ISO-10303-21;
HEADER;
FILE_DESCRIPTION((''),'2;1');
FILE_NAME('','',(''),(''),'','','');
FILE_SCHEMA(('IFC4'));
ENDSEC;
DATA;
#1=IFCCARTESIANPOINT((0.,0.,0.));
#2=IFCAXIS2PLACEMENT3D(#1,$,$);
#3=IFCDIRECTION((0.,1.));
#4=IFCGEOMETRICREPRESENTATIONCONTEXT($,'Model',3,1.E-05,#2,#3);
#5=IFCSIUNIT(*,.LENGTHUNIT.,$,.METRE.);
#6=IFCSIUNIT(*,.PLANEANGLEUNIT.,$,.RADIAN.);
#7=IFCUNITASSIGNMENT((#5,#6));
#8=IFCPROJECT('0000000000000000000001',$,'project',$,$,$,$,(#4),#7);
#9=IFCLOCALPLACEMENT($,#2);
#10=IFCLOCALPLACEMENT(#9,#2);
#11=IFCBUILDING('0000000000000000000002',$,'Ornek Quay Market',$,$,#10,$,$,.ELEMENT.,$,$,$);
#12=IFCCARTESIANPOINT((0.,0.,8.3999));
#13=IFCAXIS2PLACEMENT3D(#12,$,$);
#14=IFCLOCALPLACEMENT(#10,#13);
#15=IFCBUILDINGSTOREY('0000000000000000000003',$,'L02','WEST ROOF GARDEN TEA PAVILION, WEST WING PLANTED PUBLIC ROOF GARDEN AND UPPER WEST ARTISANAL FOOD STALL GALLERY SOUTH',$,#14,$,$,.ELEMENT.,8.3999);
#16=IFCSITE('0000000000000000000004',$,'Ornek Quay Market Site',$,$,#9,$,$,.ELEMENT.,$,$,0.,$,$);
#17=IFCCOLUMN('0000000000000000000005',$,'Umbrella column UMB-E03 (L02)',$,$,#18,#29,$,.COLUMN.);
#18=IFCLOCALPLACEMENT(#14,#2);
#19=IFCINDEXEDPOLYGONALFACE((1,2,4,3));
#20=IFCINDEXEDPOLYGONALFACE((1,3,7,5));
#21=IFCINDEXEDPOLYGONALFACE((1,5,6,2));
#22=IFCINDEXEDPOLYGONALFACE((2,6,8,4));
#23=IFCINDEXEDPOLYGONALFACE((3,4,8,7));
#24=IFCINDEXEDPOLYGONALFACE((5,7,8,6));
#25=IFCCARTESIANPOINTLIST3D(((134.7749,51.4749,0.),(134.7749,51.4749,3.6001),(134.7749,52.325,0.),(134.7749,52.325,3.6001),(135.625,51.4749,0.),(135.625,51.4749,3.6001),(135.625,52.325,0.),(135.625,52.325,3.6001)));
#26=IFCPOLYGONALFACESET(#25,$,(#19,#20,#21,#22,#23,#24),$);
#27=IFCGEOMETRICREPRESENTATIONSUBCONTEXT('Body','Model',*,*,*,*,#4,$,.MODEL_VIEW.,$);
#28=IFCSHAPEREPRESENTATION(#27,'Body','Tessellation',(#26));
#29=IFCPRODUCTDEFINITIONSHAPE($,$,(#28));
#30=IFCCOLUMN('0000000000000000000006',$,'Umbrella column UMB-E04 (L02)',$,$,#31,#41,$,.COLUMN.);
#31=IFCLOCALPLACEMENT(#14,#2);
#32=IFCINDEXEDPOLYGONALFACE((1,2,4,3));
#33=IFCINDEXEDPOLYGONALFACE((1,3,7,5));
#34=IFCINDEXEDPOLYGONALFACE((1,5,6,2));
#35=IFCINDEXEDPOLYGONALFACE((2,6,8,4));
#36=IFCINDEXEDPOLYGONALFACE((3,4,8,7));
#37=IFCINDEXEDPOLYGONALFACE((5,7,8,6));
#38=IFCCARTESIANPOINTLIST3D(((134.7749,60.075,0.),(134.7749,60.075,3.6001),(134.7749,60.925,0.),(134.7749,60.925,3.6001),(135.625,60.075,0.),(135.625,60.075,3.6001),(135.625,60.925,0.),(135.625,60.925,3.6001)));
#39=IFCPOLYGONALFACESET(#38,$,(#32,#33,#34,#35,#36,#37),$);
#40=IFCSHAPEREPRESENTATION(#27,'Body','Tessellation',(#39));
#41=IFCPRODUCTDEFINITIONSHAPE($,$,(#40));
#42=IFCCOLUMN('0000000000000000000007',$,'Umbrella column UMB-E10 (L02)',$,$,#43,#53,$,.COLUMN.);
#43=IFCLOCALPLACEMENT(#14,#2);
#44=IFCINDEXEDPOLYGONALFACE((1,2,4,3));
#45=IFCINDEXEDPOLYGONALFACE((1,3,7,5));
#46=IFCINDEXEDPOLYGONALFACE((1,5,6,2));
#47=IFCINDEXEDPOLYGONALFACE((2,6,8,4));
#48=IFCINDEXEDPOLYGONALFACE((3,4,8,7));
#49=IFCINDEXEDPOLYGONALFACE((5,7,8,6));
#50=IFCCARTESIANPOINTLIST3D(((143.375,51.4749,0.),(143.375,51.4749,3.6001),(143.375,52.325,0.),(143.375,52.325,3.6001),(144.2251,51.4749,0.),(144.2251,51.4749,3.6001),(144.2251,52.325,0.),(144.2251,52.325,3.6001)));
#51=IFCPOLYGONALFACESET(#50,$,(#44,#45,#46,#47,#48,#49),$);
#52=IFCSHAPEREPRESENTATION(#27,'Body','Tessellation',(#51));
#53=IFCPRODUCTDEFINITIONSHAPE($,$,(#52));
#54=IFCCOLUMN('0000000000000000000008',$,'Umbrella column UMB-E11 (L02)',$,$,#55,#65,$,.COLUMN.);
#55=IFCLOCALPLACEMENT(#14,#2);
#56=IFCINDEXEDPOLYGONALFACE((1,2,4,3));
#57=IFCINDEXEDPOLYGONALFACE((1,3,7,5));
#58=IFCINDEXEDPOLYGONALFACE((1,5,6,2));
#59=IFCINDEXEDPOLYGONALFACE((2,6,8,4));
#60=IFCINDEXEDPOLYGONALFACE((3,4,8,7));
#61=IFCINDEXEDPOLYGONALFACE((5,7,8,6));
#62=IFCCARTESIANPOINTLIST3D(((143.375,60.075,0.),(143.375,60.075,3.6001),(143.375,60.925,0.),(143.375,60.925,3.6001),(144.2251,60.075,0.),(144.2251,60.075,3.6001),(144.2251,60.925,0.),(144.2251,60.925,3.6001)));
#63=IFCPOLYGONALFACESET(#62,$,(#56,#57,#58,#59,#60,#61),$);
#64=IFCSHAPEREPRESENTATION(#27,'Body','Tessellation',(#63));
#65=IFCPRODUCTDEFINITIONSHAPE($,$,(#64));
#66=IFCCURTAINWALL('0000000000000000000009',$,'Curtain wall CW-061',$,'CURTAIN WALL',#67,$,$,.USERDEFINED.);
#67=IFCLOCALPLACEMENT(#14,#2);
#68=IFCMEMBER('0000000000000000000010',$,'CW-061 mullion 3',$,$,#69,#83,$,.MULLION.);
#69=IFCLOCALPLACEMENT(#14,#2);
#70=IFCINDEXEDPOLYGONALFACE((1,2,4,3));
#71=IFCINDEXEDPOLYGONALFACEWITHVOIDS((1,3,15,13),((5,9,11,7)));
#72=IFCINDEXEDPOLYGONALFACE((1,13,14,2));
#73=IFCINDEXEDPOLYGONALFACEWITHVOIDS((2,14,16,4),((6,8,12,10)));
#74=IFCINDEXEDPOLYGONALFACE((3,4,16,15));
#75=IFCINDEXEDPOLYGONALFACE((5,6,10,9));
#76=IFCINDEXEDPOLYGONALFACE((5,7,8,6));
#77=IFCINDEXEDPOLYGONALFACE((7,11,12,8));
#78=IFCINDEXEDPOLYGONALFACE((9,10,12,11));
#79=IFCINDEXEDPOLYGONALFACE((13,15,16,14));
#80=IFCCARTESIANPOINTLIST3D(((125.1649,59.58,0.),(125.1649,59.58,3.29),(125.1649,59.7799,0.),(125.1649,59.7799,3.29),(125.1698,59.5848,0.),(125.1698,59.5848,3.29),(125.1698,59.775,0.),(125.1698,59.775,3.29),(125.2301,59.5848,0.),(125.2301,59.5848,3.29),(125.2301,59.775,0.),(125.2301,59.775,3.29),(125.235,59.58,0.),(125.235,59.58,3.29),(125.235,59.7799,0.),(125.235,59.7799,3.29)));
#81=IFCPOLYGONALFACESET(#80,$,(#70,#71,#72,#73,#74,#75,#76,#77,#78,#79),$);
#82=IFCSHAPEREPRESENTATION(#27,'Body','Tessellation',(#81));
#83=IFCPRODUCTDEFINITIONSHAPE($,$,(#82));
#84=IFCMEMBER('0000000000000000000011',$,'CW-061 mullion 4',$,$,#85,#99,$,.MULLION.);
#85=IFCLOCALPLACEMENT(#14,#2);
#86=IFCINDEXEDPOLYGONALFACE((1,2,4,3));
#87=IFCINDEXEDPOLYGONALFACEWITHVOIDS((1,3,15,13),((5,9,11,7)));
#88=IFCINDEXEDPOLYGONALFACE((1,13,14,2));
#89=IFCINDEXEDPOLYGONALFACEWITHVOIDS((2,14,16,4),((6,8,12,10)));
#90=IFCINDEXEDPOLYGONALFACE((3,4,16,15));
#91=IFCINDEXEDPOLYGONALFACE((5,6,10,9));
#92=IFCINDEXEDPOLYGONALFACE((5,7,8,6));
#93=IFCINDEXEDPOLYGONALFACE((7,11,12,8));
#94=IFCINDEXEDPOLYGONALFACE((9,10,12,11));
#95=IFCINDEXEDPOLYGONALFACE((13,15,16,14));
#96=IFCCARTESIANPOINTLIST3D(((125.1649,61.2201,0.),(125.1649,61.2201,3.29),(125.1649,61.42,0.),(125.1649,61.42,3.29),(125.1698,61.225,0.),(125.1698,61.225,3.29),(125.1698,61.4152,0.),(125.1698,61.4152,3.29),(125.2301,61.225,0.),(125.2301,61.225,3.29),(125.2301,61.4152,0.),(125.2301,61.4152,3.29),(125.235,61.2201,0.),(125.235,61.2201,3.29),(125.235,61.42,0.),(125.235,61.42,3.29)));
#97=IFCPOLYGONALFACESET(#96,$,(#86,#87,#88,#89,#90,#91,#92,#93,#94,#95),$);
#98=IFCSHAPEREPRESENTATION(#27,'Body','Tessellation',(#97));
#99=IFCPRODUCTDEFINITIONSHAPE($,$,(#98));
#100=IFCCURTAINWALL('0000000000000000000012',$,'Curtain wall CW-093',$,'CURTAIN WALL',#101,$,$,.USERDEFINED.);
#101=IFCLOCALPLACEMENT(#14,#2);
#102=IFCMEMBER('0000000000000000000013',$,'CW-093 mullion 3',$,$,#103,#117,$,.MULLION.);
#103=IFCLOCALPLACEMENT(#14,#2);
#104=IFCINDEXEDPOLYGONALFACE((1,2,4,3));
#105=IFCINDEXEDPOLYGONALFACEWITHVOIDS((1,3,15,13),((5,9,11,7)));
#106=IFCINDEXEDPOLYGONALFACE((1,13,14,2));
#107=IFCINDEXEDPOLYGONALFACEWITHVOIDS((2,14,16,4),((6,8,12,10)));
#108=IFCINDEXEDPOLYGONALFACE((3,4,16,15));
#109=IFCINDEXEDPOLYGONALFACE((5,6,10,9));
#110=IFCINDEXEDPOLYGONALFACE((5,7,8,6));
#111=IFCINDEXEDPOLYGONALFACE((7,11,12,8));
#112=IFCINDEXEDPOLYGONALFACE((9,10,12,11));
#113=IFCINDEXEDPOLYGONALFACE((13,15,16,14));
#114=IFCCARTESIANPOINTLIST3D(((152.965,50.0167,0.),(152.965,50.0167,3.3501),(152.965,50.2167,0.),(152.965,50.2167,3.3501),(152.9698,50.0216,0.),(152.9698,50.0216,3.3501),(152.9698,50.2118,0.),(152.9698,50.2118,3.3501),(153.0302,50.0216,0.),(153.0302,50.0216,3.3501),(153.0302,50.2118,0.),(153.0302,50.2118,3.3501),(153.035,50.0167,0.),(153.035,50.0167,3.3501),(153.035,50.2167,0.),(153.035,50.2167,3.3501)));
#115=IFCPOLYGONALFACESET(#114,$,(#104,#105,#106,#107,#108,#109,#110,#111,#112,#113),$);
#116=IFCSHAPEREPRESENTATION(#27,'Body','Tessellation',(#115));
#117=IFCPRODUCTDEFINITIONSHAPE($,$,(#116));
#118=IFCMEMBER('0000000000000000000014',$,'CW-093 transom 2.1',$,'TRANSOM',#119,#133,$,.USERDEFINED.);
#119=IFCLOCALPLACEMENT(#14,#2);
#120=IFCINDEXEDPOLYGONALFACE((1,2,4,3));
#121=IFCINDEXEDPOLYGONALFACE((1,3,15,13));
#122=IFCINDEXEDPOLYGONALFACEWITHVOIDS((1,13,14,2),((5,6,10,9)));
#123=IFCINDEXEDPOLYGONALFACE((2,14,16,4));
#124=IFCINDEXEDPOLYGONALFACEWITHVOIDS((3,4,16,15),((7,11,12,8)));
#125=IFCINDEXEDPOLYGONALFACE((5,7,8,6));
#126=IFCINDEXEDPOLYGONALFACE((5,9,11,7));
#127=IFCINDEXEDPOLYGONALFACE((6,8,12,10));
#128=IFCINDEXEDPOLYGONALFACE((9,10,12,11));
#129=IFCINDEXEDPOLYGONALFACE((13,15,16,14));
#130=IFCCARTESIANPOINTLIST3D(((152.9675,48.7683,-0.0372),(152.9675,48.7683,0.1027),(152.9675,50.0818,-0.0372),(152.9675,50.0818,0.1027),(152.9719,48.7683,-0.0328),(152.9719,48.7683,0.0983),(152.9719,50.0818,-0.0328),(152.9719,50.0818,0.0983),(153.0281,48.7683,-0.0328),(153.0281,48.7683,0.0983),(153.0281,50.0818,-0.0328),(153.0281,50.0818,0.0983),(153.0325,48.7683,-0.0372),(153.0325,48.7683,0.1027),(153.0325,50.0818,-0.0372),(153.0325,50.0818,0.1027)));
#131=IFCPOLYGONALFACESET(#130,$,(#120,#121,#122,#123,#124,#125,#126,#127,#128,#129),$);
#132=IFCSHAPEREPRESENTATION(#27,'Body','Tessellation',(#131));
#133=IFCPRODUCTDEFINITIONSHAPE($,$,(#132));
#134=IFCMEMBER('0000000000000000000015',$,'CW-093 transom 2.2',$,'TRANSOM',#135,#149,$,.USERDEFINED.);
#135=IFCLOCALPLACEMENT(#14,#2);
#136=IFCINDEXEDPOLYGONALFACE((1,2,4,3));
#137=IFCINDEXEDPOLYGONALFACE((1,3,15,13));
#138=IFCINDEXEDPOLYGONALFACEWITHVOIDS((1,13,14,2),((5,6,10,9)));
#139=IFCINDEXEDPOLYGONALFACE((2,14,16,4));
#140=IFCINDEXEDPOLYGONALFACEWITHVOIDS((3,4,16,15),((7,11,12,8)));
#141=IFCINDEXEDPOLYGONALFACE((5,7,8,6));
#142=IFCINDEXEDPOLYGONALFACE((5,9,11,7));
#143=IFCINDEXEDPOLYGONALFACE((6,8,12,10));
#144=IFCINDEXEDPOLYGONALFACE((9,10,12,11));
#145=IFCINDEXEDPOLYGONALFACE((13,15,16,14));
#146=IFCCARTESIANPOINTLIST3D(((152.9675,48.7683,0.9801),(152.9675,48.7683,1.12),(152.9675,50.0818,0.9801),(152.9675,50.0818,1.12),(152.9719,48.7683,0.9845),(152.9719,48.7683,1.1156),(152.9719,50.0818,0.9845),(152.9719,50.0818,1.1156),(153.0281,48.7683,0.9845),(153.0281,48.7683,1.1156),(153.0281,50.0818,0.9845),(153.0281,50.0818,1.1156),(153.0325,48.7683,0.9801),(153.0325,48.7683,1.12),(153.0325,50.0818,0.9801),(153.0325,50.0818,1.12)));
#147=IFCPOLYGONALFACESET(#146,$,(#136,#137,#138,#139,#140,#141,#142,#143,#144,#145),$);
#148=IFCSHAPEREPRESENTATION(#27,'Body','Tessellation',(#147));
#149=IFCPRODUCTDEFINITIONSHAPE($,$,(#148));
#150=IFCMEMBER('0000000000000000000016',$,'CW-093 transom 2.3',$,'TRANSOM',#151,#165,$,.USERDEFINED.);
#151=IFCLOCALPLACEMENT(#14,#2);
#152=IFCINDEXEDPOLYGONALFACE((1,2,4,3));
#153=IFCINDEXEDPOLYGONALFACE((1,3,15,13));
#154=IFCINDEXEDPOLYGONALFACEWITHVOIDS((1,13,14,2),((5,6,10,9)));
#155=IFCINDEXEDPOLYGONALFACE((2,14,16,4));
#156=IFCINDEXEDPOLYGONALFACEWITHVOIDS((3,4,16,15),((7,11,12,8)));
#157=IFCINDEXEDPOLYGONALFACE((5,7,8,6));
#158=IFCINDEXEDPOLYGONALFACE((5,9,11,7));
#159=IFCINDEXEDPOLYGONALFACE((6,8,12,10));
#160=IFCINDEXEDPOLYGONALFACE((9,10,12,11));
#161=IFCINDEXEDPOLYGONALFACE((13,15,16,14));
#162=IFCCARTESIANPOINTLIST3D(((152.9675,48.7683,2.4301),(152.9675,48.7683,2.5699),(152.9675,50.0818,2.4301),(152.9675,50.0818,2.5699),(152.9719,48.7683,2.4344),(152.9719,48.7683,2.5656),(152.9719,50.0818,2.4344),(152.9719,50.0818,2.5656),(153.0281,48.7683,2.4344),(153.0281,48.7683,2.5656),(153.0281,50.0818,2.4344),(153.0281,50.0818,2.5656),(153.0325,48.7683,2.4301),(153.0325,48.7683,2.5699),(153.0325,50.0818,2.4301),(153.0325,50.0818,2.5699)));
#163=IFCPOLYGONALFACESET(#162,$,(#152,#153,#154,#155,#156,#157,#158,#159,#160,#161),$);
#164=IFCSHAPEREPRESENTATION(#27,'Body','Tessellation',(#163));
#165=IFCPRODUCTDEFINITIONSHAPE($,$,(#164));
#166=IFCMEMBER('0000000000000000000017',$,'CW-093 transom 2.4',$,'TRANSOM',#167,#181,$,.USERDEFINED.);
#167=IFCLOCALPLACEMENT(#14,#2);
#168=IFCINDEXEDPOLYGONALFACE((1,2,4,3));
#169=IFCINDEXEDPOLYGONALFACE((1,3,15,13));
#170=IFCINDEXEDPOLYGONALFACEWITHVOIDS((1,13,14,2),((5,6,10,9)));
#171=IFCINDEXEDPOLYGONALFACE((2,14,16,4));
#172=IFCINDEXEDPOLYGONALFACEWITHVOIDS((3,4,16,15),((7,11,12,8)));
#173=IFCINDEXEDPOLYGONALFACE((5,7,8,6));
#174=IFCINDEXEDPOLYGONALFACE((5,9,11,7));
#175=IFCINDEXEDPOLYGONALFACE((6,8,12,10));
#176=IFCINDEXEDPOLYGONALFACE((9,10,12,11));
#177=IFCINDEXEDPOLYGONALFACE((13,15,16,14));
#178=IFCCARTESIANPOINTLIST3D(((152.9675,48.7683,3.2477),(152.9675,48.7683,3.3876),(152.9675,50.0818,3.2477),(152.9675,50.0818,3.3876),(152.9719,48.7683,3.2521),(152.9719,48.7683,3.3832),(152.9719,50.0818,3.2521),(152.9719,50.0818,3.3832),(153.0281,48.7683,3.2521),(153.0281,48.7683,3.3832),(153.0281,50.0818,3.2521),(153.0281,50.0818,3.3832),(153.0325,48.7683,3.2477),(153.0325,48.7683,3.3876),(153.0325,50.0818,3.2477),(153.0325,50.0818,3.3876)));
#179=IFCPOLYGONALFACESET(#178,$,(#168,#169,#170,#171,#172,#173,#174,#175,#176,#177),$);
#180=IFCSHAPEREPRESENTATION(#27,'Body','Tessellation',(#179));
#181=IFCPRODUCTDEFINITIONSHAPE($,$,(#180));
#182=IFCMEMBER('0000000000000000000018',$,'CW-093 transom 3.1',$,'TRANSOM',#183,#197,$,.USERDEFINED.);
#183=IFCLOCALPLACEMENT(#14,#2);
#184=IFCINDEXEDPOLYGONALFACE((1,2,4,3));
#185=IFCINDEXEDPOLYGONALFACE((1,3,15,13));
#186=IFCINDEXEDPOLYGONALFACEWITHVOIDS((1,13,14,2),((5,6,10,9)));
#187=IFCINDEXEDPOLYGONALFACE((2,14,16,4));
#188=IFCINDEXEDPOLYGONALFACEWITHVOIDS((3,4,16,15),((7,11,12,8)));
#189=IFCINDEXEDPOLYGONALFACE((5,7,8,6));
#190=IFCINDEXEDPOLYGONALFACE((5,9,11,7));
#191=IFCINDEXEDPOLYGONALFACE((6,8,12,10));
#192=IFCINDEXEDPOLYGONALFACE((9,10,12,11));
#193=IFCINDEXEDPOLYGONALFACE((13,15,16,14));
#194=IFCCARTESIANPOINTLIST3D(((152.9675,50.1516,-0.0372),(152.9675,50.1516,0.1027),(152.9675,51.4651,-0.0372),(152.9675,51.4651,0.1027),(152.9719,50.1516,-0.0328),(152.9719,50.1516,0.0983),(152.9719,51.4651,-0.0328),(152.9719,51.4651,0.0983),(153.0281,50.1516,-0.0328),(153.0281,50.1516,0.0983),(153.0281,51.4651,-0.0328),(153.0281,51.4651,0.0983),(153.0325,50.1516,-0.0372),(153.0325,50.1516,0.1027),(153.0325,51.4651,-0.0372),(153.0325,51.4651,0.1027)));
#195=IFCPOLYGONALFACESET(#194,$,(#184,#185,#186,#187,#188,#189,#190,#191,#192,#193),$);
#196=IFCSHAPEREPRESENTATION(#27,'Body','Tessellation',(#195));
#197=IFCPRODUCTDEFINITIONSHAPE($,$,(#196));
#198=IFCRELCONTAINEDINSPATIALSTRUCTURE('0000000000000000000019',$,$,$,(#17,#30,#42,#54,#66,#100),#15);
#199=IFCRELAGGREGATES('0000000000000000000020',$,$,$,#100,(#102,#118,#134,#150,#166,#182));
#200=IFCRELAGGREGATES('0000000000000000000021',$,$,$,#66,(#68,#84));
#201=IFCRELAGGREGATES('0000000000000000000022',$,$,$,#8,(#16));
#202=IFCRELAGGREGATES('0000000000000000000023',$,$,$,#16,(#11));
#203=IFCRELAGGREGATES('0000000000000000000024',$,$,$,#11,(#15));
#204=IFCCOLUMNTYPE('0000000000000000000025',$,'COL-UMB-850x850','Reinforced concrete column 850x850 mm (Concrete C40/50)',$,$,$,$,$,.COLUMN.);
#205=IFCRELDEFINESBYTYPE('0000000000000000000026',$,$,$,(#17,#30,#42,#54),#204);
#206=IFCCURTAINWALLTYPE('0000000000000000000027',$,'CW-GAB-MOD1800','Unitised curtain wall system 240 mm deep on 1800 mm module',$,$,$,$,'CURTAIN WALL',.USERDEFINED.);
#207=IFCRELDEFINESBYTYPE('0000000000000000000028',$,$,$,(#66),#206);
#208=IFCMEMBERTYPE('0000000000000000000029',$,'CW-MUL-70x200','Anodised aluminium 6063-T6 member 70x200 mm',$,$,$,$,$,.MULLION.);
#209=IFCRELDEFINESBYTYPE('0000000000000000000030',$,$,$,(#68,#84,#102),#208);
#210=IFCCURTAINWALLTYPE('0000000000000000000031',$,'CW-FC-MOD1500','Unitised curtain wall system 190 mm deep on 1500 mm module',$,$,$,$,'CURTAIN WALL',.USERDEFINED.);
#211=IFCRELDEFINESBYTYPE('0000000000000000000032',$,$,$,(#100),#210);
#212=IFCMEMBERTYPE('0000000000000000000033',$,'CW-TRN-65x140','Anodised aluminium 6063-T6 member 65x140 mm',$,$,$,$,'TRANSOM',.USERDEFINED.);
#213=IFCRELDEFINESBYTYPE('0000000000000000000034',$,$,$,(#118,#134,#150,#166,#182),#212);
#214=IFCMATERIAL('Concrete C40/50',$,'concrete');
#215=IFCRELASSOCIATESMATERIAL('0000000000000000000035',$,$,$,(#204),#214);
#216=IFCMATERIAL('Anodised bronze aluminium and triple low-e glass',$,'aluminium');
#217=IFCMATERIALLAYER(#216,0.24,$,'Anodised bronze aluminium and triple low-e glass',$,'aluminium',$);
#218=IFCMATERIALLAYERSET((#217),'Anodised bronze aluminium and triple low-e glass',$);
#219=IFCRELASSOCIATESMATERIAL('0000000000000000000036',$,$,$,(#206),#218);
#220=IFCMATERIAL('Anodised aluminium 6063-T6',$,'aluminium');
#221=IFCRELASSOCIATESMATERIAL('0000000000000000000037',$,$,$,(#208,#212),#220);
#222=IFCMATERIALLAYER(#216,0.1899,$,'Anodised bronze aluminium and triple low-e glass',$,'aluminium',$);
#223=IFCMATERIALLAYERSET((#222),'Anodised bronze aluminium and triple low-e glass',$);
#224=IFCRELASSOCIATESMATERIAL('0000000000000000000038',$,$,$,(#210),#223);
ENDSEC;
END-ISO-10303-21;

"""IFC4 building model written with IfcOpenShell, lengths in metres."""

from ifc_helpers import new_model, si_unit, direction, frame, origin, origin_2d, place, context, subcontext, project, spatial, rectangle, hollow_rectangle, extrude, material, layer, layer_set, material_profile, profile_set, type_object, element, aggregate, save


model = new_model("IFC4")

# Units and contexts
model_context = context("Model", 3, precision=1e-05, world=origin(), true_north=direction((0.0, 1.0)))
body_context = subcontext(model_context, "Body", "Model", "MODEL_VIEW")
ifc_project = project(units=[si_unit("LENGTHUNIT", "METRE"), si_unit("PLANEANGLEUNIT", "RADIAN")], contexts=[model_context])

# Site, building, storey
site_placement = place(None, origin())
site = spatial("IfcSite", under=ifc_project, at=site_placement, Name="Ornek Quay Market Site", CompositionType="ELEMENT", RefElevation=0.0)
building_placement = place(site_placement, origin())
building = spatial("IfcBuilding", under=site, at=building_placement, Name="Ornek Quay Market", CompositionType="ELEMENT")
storey_placement = place(building_placement, frame((0.0, 0.0, 8.3999)))
storey = spatial("IfcBuildingStorey", under=building, at=storey_placement, Name="L02", Description="WEST ROOF GARDEN TEA PAVILION, WEST WING PLANTED PUBLIC ROOF GARDEN AND UPPER WEST ARTISANAL FOOD STALL GALLERY SOUTH", CompositionType="ELEMENT", Elevation=8.3999)

# Columns
ifc_material_1 = material(Name="Concrete C40/50", Category="concrete")
ifc_material_profile_1 = material_profile(ifc_material_1, rectangle(XDim=0.8501, YDim=0.8501, at=origin_2d()), Name="RC 850x850", Category="concrete")
ifc_profile_set_1 = profile_set([ifc_material_profile_1], Name="Concrete C40/50")
column_type = type_object("IfcColumnType", Name="COL-UMB-850x850", Description="Reinforced concrete column 850x850 mm (Concrete C40/50)", PredefinedType="COLUMN", material=ifc_profile_set_1)
for number, where, z_axis, x_axis, name in (
    (1, (135.2, 51.8999, 0.0), (0.0, 0.0, 1.0), (1.0, 0.0, 0.0), "Umbrella column UMB-E03 (L02)"),
    (2, (135.2, 60.5, 0.0), (0.0, 0.0, 1.0), (1.0, 0.0, 0.0), "Umbrella column UMB-E04 (L02)"),
    (3, (143.8, 51.8999, 0.0), (0.0, 0.0, 1.0), (1.0, 0.0, 0.0), "Umbrella column UMB-E10 (L02)"),
    (4, (143.8, 60.5, 0.0), (0.0, 0.0, 1.0), (1.0, 0.0, 0.0), "Umbrella column UMB-E11 (L02)"),
):
    element("IfcColumn", number, at=place(storey_placement, frame(where, z_axis=z_axis, x_axis=x_axis)), inside=storey, type_object=column_type, Name=name, PredefinedType="COLUMN", context=body_context, shape_type="SweptSolid", body=[
        extrude(rectangle(XDim=0.8501, YDim=0.8501, at=origin_2d()), origin(), (0.0, 0.0, 1.0), 3.6001),
    ])

# Curtain walls, members
ifc_material_2 = material(Name="Anodised bronze aluminium and triple low-e glass", Category="aluminium")
ifc_layer_1 = layer(ifc_material_2, 0.24, Name="Anodised bronze aluminium and triple low-e glass", Category="aluminium")
ifc_layer_set_1 = layer_set([ifc_layer_1], Name="Anodised bronze aluminium and triple low-e glass")
curtain_wall_type_1 = type_object("IfcCurtainWallType", Name="CW-GAB-MOD1800", Description="Unitised curtain wall system 240 mm deep on 1800 mm module", ElementType="CURTAIN WALL", PredefinedType="USERDEFINED", material=ifc_layer_set_1)
curtain_wall_1_placement = place(storey_placement, origin())
curtain_wall_1 = element("IfcCurtainWall", 5, at=curtain_wall_1_placement, inside=storey, type_object=curtain_wall_type_1, Name="Curtain wall CW-061", ObjectType="CURTAIN WALL", PredefinedType="USERDEFINED")
ifc_material_3 = material(Name="Anodised aluminium 6063-T6", Category="aluminium")
ifc_material_profile_2 = material_profile(ifc_material_3, hollow_rectangle(XDim=0.0701, YDim=0.2, WallThickness=0.0049, at=origin_2d()), Name="CW-MUL-70x200", Category="aluminium")
ifc_profile_set_2 = profile_set([ifc_material_profile_2], Name="Anodised aluminium 6063-T6")
member_type_1 = type_object("IfcMemberType", Name="CW-MUL-70x200", Description="Anodised aluminium 6063-T6 member 70x200 mm", PredefinedType="MULLION", material=ifc_profile_set_2)
member_1_placement = place(storey_placement, frame((125.2, 59.6799, 0.0), z_axis=(0.0, 0.0, 1.0), x_axis=(-1.0, 0.0, 0.0)))
member_1 = element("IfcMember", 6, at=member_1_placement, type_object=member_type_1, Name="CW-061 mullion 3", PredefinedType="MULLION", context=body_context, shape_type="SweptSolid", body=[
    extrude(hollow_rectangle(XDim=0.0701, YDim=0.2, WallThickness=0.0049, at=origin_2d()), origin(), (0.0, 0.0, 1.0), 3.29),
])
member_2_placement = place(storey_placement, frame((125.2, 61.3201, 0.0), z_axis=(0.0, 0.0, 1.0), x_axis=(-1.0, 0.0, 0.0)))
member_2 = element("IfcMember", 7, at=member_2_placement, type_object=member_type_1, Name="CW-061 mullion 4", PredefinedType="MULLION", context=body_context, shape_type="SweptSolid", body=[
    extrude(hollow_rectangle(XDim=0.0701, YDim=0.2, WallThickness=0.0049, at=origin_2d()), origin(), (0.0, 0.0, 1.0), 3.29),
])
ifc_layer_2 = layer(ifc_material_2, 0.1899, Name="Anodised bronze aluminium and triple low-e glass", Category="aluminium")
ifc_layer_set_2 = layer_set([ifc_layer_2], Name="Anodised bronze aluminium and triple low-e glass")
curtain_wall_type_2 = type_object("IfcCurtainWallType", Name="CW-FC-MOD1500", Description="Unitised curtain wall system 190 mm deep on 1500 mm module", ElementType="CURTAIN WALL", PredefinedType="USERDEFINED", material=ifc_layer_set_2)
curtain_wall_2_placement = place(storey_placement, origin())
curtain_wall_2 = element("IfcCurtainWall", 8, at=curtain_wall_2_placement, inside=storey, type_object=curtain_wall_type_2, Name="Curtain wall CW-093", ObjectType="CURTAIN WALL", PredefinedType="USERDEFINED")
member_3_placement = place(storey_placement, frame((153.0, 50.1167, 0.0), z_axis=(0.0, 0.0, 1.0), x_axis=(-1.0, 0.0, 0.0)))
member_3 = element("IfcMember", 9, at=member_3_placement, type_object=member_type_1, Name="CW-093 mullion 3", PredefinedType="MULLION", context=body_context, shape_type="SweptSolid", body=[
    extrude(hollow_rectangle(XDim=0.0701, YDim=0.2, WallThickness=0.0049, at=origin_2d()), origin(), (0.0, 0.0, 1.0), 3.3501),
])
ifc_material_profile_3 = material_profile(ifc_material_3, hollow_rectangle(XDim=0.0649, YDim=0.1399, WallThickness=0.0044, at=origin_2d()), Name="CW-TRN-65x140", Category="aluminium")
ifc_profile_set_3 = profile_set([ifc_material_profile_3], Name="Anodised aluminium 6063-T6")
member_type_2 = type_object("IfcMemberType", Name="CW-TRN-65x140", Description="Anodised aluminium 6063-T6 member 65x140 mm", ElementType="TRANSOM", PredefinedType="USERDEFINED", material=ifc_profile_set_3)
member_4_placement = place(storey_placement, frame((153.0, 48.7683, 0.0327), z_axis=(0.0, 1.0, 0.0), x_axis=(-1.0, 0.0, 0.0)))
member_4 = element("IfcMember", 10, at=member_4_placement, type_object=member_type_2, Name="CW-093 transom 2.1", ObjectType="TRANSOM", PredefinedType="USERDEFINED", context=body_context, shape_type="SweptSolid", body=[
    extrude(hollow_rectangle(XDim=0.0649, YDim=0.1399, WallThickness=0.0044, at=origin_2d()), origin(), (0.0, 0.0, 1.0), 1.3135),
])
member_5_placement = place(storey_placement, frame((153.0, 48.7683, 1.05), z_axis=(0.0, 1.0, 0.0), x_axis=(-1.0, 0.0, 0.0)))
member_5 = element("IfcMember", 11, at=member_5_placement, type_object=member_type_2, Name="CW-093 transom 2.2", ObjectType="TRANSOM", PredefinedType="USERDEFINED", context=body_context, shape_type="SweptSolid", body=[
    extrude(hollow_rectangle(XDim=0.0649, YDim=0.1399, WallThickness=0.0044, at=origin_2d()), origin(), (0.0, 0.0, 1.0), 1.3135),
])
member_6_placement = place(storey_placement, frame((153.0, 48.7683, 2.5), z_axis=(0.0, 1.0, 0.0), x_axis=(-1.0, 0.0, 0.0)))
member_6 = element("IfcMember", 12, at=member_6_placement, type_object=member_type_2, Name="CW-093 transom 2.3", ObjectType="TRANSOM", PredefinedType="USERDEFINED", context=body_context, shape_type="SweptSolid", body=[
    extrude(hollow_rectangle(XDim=0.0649, YDim=0.1399, WallThickness=0.0044, at=origin_2d()), origin(), (0.0, 0.0, 1.0), 1.3135),
])
member_7_placement = place(storey_placement, frame((153.0, 48.7683, 3.3176), z_axis=(0.0, 1.0, 0.0), x_axis=(-1.0, 0.0, 0.0)))
member_7 = element("IfcMember", 13, at=member_7_placement, type_object=member_type_2, Name="CW-093 transom 2.4", ObjectType="TRANSOM", PredefinedType="USERDEFINED", context=body_context, shape_type="SweptSolid", body=[
    extrude(hollow_rectangle(XDim=0.0649, YDim=0.1399, WallThickness=0.0044, at=origin_2d()), origin(), (0.0, 0.0, 1.0), 1.3135),
])
member_8_placement = place(storey_placement, frame((153.0, 50.1516, 0.0327), z_axis=(0.0, 1.0, 0.0), x_axis=(-1.0, 0.0, 0.0)))
member_8 = element("IfcMember", 14, at=member_8_placement, type_object=member_type_2, Name="CW-093 transom 3.1", ObjectType="TRANSOM", PredefinedType="USERDEFINED", context=body_context, shape_type="SweptSolid", body=[
    extrude(hollow_rectangle(XDim=0.0649, YDim=0.1399, WallThickness=0.0044, at=origin_2d()), origin(), (0.0, 0.0, 1.0), 1.3135),
])

aggregate(curtain_wall_2, [member_3, member_4, member_5, member_6, member_7, member_8])
aggregate(curtain_wall_1, [member_1, member_2])

save(model, "model.ifc")
